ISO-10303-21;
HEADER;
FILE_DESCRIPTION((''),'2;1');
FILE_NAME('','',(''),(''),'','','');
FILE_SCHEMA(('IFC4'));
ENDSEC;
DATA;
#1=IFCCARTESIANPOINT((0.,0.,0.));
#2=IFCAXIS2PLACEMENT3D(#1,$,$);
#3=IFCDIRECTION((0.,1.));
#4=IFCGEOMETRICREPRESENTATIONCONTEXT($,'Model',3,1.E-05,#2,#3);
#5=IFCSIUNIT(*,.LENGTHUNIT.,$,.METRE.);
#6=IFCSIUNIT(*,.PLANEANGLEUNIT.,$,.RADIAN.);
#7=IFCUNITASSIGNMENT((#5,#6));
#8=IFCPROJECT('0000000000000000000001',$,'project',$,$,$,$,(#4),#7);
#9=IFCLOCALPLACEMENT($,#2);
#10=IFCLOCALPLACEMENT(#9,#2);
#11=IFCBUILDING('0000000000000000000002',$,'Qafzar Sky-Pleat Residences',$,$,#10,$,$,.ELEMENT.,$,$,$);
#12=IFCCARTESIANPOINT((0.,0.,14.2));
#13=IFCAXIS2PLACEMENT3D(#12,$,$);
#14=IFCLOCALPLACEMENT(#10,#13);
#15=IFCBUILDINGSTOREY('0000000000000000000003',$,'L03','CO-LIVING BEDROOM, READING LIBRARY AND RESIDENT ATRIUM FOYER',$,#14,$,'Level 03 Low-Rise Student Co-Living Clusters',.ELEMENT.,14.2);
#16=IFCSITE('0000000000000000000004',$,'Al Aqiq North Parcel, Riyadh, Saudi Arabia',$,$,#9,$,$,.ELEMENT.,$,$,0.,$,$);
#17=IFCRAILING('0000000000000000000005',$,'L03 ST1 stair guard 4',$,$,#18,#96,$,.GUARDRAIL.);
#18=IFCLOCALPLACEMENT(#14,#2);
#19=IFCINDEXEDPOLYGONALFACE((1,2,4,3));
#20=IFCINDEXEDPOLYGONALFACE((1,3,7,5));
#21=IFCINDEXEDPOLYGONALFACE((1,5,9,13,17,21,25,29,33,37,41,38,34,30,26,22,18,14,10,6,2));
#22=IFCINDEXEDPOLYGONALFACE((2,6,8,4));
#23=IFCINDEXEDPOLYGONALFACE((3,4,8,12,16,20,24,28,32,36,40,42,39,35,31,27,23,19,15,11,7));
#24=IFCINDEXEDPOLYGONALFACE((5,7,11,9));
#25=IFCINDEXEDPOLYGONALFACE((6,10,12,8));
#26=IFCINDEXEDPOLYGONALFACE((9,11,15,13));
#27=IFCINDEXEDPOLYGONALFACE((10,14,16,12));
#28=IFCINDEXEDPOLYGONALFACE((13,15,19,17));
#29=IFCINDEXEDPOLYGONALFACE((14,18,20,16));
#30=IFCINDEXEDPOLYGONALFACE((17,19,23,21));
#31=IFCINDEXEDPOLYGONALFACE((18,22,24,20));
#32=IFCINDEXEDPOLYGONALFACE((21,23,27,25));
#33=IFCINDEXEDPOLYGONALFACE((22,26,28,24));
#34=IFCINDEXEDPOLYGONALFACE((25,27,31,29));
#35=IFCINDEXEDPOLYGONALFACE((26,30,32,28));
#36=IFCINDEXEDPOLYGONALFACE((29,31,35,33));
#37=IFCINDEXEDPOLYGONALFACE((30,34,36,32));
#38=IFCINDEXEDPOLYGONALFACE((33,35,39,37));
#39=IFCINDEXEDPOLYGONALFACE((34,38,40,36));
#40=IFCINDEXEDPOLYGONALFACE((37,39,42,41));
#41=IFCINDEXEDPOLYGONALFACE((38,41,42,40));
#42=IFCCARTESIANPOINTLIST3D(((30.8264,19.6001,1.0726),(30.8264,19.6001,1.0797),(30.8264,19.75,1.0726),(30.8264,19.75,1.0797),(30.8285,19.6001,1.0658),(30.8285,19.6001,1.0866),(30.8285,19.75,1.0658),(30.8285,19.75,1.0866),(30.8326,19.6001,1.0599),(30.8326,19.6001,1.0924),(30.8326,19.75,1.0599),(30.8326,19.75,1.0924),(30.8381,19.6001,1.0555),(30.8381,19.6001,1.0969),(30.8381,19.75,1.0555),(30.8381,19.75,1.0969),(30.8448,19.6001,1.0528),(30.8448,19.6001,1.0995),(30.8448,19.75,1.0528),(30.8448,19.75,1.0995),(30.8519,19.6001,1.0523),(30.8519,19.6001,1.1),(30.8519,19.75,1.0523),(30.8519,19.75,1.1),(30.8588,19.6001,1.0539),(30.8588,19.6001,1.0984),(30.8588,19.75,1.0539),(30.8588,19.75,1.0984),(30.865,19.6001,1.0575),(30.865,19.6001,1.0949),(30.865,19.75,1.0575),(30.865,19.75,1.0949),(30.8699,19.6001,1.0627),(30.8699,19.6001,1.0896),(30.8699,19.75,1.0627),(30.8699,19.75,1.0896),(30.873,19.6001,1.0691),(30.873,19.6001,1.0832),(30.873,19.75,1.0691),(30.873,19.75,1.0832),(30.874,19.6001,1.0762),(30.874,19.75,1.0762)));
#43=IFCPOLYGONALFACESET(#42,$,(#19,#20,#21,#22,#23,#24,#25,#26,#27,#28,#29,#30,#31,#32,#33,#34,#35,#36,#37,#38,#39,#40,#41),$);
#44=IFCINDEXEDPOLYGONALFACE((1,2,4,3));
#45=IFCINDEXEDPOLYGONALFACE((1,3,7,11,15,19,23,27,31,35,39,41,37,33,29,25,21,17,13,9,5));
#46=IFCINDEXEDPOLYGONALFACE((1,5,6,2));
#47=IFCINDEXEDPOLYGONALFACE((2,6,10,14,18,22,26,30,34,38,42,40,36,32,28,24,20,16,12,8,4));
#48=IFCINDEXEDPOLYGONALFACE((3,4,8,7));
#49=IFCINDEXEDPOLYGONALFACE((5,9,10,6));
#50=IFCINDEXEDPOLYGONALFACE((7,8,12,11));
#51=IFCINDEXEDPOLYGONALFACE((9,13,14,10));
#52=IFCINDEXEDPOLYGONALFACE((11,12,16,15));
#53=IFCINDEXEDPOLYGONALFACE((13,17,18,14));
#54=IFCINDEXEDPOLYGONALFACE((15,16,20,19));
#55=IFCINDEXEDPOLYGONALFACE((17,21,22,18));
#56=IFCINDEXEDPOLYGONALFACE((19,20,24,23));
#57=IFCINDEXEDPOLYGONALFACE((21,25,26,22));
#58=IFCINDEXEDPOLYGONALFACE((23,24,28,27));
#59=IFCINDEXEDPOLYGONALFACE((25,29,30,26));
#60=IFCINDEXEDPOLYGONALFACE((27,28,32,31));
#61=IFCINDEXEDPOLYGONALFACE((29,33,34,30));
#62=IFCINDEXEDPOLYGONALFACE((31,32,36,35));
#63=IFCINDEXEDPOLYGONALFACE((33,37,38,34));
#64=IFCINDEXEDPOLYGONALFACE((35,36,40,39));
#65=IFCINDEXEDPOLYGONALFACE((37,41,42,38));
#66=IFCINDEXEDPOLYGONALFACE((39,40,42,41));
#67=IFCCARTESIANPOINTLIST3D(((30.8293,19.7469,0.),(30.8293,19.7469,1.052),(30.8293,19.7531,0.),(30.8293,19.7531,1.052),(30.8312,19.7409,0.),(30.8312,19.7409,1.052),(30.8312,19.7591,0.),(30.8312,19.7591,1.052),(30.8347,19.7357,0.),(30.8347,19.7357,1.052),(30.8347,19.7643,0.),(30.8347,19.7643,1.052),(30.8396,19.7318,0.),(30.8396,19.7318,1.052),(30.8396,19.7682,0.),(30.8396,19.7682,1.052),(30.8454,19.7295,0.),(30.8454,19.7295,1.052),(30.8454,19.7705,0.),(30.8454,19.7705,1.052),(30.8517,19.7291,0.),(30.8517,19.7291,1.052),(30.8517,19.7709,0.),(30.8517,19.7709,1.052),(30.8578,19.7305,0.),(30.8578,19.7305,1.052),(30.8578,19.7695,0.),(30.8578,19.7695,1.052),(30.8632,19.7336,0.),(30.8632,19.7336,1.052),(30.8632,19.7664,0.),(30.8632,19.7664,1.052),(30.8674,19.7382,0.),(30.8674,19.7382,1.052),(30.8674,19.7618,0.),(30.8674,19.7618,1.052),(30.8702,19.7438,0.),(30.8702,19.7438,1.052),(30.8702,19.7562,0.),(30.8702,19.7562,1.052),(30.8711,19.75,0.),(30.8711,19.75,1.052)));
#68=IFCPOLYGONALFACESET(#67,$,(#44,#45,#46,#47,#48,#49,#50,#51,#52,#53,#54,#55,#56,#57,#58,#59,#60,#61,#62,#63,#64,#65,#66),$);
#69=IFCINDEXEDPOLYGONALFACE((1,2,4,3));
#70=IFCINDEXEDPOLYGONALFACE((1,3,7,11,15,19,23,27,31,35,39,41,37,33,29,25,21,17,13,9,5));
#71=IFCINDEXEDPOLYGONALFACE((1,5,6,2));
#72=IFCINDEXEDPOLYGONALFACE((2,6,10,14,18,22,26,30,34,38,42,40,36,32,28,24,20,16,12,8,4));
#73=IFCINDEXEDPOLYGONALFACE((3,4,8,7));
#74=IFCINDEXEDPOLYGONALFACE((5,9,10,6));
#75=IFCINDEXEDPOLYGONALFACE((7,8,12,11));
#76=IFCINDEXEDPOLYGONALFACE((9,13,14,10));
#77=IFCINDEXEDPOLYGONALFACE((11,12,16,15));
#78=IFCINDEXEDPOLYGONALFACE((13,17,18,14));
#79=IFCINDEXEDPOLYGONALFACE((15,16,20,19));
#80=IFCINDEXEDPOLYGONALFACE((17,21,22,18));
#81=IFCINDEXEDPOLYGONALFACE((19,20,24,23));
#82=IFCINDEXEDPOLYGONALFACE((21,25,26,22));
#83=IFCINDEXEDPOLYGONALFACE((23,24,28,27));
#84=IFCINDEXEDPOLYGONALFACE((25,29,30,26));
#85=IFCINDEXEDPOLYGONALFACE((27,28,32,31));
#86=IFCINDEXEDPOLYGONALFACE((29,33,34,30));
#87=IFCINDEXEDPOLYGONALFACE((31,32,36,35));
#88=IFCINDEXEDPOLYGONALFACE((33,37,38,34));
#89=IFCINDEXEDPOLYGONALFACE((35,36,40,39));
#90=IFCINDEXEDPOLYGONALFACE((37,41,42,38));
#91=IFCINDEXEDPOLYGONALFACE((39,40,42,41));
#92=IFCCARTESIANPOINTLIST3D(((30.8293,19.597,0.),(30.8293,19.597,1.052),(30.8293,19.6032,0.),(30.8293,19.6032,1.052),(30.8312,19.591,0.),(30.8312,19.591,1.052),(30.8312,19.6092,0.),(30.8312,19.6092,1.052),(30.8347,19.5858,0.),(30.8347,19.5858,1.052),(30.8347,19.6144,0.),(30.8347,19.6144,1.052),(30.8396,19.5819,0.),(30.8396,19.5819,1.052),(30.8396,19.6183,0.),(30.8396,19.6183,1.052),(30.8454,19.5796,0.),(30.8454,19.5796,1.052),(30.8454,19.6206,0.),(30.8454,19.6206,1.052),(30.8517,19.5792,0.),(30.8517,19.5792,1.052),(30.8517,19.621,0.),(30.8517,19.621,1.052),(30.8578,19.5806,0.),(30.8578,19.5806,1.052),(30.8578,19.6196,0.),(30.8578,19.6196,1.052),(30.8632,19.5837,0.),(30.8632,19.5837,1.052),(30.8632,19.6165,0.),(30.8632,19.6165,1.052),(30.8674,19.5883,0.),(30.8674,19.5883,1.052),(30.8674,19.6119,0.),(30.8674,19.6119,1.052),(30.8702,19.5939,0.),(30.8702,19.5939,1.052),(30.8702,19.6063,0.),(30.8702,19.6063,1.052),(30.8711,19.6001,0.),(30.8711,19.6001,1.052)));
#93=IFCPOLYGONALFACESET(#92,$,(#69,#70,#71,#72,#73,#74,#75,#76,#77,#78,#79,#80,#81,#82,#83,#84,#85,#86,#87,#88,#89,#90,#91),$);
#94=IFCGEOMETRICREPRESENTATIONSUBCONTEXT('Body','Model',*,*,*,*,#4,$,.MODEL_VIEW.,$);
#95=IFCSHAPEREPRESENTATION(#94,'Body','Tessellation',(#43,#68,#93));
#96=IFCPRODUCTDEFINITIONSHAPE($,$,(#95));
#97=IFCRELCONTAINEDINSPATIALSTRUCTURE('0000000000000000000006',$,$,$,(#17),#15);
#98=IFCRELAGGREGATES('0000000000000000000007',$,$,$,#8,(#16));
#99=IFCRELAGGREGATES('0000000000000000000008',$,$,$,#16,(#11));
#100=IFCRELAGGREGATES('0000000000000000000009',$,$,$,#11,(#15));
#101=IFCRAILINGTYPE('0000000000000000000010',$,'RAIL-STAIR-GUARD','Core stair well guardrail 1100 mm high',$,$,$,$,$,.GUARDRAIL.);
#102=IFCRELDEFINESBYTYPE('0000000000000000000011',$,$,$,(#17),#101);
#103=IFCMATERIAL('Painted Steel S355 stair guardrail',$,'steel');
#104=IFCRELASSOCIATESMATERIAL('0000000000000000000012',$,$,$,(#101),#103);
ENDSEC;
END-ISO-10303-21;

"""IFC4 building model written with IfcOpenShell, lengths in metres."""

from ifc_helpers import new_model, si_unit, direction, frame, origin, origin_2d, place, context, subcontext, project, spatial, circle, extrude, source, transform, mapped, material, type_object, element, save


model = new_model("IFC4")

# Units and contexts
model_context = context("Model", 3, precision=1e-05, world=origin(), true_north=direction((0.0, 1.0)))
body_context = subcontext(model_context, "Body", "Model", "MODEL_VIEW")
ifc_project = project(units=[si_unit("LENGTHUNIT", "METRE"), si_unit("PLANEANGLEUNIT", "RADIAN")], contexts=[model_context])

# Site, building, storey
site_placement = place(None, origin())
site = spatial("IfcSite", under=ifc_project, at=site_placement, Name="Al Aqiq North Parcel, Riyadh, Saudi Arabia", CompositionType="ELEMENT", RefElevation=0.0)
building_placement = place(site_placement, origin())
building = spatial("IfcBuilding", under=site, at=building_placement, Name="Qafzar Sky-Pleat Residences", CompositionType="ELEMENT")
storey_placement = place(building_placement, frame((0.0, 0.0, 14.2)))
storey = spatial("IfcBuildingStorey", under=building, at=storey_placement, Name="L03", Description="CO-LIVING BEDROOM, READING LIBRARY AND RESIDENT ATRIUM FOYER", LongName="Level 03 Low-Rise Student Co-Living Clusters", CompositionType="ELEMENT", Elevation=14.2)

# Railing
ifc_material_1 = material(Name="Painted Steel S355 stair guardrail", Category="steel")
railing_type_1 = type_object("IfcRailingType", Name="RAIL-STAIR-GUARD", Description="Core stair well guardrail 1100 mm high", PredefinedType="GUARDRAIL", material=ifc_material_1)
shared_shape_1 = source(origin(), body_context, "Body", "SweptSolid", [
    extrude(circle(Radius=0.0239, at=origin_2d()), frame((0.0, 0.0, 1.0762), z_axis=(0.0, -1.0, 0.0), x_axis=(1.0, 0.0, 0.0)), (0.0, 0.0, 1.0), 0.1499),
    extrude(circle(Radius=0.021, at=origin_2d()), origin(), (0.0, 0.0, 1.0), 1.052),
    extrude(circle(Radius=0.021, at=origin_2d()), frame((0.0, -0.1499, 0.0)), (0.0, 0.0, 1.0), 1.052),
])
for number, where, name in (
    (1, (30.8501, 19.75, 0.0), "L03 ST1 stair guard 4"),
):
    element("IfcRailing", number, at=place(storey_placement, frame(where)), inside=storey, type_object=railing_type_1, Name=name, PredefinedType="GUARDRAIL", context=body_context, shape_type="MappedRepresentation", body=[
        mapped(shared_shape_1, transform((0.0, 0.0, 0.0), x_axis=(1.0, 0.0, 0.0), y_axis=(0.0, 1.0, 0.0), z_axis=(0.0, 0.0, 1.0), scale=1.0)),
    ])

save(model, "model.ifc")
